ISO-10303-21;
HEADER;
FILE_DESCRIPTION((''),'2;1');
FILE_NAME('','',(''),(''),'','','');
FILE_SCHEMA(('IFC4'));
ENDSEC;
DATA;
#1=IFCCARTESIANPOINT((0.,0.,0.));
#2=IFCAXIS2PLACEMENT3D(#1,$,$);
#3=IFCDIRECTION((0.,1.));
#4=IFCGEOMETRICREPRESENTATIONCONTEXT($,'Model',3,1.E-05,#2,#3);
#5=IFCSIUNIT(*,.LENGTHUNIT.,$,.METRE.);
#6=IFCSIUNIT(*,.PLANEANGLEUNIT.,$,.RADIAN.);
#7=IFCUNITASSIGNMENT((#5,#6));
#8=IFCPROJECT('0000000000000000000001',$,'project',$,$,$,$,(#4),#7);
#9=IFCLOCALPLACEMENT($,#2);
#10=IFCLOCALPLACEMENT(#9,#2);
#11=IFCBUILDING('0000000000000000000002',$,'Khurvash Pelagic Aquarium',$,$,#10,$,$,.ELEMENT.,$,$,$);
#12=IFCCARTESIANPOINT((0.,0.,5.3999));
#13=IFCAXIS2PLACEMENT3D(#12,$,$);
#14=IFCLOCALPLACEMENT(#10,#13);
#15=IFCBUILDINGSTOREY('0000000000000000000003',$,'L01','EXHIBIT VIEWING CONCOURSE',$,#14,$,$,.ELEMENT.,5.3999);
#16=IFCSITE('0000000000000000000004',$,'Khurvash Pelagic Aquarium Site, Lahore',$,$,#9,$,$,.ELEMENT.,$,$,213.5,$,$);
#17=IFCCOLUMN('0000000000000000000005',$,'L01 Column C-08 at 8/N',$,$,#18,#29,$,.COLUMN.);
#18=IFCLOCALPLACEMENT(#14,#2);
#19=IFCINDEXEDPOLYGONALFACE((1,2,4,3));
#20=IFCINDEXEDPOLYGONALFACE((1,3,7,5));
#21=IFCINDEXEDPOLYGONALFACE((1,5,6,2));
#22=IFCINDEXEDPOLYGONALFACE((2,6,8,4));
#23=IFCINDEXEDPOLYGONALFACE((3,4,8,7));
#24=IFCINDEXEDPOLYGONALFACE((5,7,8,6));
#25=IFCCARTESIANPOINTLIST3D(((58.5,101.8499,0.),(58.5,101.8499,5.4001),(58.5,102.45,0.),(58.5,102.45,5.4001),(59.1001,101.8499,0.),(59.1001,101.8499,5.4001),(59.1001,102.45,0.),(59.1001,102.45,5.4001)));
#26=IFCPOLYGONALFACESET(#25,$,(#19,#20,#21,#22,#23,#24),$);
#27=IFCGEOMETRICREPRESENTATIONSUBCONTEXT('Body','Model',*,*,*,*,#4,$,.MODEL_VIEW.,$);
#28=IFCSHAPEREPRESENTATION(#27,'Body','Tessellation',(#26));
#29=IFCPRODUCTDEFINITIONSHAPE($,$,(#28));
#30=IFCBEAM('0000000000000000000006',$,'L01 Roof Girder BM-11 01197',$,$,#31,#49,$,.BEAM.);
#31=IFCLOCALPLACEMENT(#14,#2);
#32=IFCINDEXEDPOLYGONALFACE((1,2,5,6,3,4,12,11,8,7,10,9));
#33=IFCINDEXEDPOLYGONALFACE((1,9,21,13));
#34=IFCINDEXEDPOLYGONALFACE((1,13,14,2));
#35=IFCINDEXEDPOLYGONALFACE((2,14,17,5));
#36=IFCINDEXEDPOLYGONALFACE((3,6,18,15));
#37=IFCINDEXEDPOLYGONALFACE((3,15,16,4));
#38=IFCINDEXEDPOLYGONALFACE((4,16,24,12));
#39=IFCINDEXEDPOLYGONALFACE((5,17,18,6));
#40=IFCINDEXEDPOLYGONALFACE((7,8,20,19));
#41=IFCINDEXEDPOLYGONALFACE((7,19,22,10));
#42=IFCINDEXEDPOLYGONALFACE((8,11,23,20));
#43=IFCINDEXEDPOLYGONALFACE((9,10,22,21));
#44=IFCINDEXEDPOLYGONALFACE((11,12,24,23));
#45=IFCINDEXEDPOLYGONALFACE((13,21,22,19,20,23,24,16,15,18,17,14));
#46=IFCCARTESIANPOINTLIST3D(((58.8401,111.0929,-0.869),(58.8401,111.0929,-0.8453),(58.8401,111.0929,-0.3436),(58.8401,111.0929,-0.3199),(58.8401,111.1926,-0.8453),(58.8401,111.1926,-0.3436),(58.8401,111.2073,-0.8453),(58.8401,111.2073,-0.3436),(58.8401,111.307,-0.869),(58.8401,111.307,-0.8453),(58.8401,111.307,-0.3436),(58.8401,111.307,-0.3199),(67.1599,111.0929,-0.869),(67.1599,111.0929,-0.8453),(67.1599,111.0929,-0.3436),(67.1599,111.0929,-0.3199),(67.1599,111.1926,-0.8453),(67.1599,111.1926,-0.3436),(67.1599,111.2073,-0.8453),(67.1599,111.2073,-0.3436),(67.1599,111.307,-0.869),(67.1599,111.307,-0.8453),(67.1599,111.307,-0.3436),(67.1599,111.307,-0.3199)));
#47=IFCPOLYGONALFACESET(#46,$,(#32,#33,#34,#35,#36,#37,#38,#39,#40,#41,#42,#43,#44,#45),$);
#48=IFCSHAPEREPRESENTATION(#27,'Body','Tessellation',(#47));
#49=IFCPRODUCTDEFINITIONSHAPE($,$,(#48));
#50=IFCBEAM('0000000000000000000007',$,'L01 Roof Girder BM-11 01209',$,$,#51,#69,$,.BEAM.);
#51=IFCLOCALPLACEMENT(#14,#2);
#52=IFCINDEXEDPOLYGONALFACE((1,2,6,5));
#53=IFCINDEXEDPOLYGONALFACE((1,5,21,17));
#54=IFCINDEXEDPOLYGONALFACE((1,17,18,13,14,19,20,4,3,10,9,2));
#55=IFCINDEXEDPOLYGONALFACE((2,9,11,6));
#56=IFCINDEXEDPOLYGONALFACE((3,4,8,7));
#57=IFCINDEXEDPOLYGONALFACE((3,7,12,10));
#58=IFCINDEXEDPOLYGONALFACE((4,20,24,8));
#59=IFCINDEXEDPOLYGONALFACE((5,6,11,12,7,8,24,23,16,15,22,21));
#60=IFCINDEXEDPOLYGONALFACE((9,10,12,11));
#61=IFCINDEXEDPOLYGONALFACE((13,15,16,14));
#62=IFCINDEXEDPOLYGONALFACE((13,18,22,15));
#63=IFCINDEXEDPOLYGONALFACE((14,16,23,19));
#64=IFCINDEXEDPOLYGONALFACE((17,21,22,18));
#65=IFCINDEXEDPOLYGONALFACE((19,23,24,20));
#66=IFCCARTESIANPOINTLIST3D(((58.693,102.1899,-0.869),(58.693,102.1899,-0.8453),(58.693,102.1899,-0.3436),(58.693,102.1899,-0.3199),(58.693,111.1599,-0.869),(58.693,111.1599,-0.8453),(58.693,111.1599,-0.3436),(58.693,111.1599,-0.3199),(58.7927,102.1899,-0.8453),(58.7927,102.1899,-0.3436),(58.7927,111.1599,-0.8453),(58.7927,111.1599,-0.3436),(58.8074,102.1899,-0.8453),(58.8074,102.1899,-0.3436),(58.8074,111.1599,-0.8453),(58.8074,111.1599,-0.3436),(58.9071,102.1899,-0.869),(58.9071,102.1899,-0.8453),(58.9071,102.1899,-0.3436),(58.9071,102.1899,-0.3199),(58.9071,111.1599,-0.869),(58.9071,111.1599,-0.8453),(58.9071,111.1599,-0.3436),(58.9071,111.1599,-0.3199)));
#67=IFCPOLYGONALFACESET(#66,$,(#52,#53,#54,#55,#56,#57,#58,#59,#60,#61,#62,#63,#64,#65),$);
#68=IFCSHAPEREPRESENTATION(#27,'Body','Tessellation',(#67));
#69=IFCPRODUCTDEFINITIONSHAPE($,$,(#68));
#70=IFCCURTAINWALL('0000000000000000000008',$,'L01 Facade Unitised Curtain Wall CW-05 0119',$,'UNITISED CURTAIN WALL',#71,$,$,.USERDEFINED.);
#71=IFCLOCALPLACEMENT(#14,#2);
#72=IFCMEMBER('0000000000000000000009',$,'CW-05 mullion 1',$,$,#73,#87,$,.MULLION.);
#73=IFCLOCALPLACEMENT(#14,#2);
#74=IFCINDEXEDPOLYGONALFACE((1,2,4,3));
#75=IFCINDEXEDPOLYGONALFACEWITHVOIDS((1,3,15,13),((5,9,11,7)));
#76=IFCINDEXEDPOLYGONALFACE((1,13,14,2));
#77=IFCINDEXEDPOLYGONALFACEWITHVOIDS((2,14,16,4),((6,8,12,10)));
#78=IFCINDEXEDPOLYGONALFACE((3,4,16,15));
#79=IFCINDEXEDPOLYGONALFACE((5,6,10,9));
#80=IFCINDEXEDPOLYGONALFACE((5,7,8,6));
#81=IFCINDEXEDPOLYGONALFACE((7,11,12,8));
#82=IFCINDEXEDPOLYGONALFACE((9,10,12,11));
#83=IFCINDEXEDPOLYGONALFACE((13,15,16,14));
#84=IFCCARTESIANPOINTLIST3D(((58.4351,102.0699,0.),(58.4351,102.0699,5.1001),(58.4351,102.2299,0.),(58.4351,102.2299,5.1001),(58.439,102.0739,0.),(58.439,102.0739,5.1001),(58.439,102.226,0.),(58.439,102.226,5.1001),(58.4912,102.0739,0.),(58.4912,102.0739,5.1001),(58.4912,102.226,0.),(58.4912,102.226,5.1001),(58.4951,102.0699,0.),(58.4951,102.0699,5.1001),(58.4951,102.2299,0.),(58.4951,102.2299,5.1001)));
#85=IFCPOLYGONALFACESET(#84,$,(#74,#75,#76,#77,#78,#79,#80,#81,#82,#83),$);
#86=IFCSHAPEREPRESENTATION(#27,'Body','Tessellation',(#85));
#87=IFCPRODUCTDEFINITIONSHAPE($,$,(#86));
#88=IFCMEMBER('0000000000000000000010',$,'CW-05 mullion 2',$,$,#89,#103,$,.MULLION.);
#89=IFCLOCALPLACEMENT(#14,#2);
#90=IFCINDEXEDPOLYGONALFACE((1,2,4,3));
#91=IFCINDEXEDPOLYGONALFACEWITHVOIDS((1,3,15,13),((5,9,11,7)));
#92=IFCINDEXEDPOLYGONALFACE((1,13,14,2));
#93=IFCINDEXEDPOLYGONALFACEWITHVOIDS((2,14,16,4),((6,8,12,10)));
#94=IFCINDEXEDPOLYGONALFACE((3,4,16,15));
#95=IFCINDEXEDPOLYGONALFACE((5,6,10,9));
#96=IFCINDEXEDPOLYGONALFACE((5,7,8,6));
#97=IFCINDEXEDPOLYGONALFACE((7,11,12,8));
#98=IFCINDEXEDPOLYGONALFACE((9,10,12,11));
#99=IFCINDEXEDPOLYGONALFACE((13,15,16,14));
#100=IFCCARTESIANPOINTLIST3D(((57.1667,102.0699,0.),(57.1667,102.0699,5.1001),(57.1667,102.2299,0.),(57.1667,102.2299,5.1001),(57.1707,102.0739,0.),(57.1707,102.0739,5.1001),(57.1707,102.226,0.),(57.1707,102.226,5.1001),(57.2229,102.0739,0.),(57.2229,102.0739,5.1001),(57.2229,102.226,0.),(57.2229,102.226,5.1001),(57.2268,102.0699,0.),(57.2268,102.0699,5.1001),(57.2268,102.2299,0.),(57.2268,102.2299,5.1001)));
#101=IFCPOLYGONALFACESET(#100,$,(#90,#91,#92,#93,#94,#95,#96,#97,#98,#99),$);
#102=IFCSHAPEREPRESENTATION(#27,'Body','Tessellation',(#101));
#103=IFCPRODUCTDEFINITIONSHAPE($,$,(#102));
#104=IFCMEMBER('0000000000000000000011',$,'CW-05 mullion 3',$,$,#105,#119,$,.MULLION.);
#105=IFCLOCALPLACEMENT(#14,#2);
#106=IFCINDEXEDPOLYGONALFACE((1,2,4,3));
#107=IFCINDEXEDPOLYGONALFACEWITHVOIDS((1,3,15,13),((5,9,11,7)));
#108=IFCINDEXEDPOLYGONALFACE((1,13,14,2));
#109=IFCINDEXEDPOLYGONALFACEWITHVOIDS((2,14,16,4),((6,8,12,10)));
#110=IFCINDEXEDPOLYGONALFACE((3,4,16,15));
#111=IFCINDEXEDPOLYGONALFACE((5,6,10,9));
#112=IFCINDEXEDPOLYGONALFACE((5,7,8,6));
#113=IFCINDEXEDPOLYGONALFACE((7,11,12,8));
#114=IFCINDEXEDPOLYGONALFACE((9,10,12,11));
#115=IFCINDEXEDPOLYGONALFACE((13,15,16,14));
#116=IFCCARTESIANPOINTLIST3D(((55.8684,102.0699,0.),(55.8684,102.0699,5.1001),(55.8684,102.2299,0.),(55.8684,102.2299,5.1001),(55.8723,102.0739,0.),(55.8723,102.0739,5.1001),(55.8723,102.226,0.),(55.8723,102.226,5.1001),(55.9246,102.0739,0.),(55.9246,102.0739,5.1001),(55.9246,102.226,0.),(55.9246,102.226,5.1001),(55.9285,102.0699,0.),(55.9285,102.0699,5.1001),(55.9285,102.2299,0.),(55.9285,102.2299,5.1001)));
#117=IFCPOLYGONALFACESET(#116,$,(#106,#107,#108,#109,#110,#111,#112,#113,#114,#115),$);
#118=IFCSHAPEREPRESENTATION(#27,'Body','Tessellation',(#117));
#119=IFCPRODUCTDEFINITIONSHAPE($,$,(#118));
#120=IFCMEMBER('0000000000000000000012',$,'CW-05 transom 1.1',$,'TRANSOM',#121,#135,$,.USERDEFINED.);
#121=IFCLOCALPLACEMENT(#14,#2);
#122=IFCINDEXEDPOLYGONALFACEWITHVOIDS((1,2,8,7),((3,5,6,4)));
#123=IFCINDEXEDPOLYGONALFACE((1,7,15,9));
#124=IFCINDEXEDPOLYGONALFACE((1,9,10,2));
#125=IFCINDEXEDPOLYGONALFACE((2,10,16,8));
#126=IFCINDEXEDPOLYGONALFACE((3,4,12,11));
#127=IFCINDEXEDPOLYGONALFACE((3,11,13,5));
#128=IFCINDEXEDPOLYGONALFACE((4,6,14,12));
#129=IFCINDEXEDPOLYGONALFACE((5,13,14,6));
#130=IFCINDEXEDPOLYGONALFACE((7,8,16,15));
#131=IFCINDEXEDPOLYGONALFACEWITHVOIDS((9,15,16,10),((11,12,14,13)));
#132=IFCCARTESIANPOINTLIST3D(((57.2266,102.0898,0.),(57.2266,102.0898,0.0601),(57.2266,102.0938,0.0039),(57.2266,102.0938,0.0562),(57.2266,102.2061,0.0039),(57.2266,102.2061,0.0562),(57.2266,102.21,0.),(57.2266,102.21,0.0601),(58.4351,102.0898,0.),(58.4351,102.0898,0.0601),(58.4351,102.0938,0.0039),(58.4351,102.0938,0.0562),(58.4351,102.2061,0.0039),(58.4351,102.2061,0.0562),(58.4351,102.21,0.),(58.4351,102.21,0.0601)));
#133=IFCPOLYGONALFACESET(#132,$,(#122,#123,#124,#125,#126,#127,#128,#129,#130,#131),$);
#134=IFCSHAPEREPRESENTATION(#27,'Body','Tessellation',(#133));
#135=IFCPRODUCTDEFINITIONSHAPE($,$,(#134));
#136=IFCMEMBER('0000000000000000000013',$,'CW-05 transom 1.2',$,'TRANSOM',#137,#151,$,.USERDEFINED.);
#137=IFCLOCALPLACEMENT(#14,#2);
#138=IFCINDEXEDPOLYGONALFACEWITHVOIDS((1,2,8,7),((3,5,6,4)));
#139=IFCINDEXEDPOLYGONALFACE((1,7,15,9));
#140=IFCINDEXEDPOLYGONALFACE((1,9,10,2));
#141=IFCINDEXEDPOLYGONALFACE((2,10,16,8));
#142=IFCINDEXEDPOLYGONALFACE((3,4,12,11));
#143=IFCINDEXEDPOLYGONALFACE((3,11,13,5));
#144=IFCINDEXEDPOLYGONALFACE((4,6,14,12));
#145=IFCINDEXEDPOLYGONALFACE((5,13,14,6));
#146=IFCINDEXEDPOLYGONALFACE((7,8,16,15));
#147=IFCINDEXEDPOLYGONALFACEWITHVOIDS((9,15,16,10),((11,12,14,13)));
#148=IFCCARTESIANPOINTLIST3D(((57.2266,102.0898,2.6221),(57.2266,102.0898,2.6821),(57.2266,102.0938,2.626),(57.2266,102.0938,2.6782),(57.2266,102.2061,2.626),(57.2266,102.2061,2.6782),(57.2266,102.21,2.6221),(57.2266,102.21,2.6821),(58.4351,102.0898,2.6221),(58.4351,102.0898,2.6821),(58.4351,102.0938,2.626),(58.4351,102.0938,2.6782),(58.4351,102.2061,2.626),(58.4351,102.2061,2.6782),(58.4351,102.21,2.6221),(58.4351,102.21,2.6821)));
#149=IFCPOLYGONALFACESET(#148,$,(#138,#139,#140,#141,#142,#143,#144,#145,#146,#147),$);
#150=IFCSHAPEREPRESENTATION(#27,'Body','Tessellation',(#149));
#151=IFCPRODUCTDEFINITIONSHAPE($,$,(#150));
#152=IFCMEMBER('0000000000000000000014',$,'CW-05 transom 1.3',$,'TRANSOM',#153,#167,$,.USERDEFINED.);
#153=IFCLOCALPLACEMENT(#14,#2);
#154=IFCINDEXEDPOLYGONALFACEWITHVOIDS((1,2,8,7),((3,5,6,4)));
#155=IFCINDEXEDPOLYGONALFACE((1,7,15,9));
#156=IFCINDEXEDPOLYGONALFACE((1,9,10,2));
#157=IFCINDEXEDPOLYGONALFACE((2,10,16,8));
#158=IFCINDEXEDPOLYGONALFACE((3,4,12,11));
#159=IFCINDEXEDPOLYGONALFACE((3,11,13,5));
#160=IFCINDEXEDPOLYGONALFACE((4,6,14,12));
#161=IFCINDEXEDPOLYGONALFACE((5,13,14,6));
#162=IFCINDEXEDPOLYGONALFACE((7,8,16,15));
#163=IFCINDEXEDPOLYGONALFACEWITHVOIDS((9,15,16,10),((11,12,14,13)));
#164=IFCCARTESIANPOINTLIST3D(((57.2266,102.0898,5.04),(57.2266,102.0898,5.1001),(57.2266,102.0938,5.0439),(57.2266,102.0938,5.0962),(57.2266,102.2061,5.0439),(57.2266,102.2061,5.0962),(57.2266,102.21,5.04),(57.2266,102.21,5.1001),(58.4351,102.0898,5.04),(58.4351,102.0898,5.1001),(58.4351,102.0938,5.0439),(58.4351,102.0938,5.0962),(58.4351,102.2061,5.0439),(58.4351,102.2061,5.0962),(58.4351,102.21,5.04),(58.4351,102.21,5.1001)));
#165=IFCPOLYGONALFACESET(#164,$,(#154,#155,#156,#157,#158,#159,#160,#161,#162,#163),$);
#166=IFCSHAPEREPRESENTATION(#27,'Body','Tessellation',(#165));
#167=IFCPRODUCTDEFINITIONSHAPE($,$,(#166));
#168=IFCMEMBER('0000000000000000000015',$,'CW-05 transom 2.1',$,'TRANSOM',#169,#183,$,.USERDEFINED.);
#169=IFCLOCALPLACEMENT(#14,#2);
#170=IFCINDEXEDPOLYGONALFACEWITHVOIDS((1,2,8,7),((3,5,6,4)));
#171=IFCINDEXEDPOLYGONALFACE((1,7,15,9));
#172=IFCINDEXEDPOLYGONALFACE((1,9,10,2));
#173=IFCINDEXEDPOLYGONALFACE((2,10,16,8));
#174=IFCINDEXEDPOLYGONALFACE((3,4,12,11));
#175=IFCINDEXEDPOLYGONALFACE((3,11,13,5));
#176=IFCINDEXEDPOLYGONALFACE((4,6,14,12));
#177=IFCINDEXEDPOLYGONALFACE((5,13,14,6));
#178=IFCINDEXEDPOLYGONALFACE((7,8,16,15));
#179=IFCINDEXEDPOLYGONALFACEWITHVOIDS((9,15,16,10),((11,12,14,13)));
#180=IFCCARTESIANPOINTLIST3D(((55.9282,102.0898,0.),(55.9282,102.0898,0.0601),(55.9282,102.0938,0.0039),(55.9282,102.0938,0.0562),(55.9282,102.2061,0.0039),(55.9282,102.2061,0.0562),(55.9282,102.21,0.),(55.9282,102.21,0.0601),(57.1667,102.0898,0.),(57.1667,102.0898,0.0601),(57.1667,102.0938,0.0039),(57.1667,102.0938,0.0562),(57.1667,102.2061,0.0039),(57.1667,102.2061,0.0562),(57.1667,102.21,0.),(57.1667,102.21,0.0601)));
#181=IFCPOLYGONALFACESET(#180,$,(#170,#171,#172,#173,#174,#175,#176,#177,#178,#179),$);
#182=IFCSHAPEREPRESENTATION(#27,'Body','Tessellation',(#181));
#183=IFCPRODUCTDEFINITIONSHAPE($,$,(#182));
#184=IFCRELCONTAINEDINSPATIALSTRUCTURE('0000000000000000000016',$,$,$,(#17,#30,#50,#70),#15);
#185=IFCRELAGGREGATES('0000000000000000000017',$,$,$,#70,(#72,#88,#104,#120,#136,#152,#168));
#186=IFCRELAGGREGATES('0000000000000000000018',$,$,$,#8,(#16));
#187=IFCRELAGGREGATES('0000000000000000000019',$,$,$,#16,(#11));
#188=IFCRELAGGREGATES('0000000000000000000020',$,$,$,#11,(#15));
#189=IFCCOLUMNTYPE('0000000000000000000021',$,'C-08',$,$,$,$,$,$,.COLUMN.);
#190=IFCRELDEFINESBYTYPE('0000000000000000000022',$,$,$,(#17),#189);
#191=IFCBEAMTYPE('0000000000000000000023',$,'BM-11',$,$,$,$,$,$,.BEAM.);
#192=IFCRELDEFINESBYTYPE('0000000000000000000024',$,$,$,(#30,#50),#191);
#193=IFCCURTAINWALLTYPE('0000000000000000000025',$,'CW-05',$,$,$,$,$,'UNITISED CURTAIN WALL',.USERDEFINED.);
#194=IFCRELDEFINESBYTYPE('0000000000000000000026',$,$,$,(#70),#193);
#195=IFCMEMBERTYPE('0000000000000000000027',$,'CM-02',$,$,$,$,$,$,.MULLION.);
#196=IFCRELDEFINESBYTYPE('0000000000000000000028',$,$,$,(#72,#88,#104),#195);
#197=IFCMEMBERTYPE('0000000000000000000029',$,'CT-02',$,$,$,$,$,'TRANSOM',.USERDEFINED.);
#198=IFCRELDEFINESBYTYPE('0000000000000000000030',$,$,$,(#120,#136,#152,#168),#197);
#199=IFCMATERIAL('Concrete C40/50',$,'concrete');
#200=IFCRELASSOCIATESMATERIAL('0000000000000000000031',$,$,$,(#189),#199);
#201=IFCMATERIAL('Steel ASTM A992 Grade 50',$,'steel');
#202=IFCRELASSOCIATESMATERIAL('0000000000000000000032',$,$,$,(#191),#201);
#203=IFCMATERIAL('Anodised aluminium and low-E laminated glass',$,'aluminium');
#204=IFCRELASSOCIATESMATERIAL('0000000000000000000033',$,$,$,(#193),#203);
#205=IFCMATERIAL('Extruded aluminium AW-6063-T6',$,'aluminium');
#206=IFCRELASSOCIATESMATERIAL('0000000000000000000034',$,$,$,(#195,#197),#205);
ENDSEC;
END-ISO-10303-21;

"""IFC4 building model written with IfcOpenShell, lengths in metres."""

from ifc_helpers import new_model, si_unit, direction, frame, origin, origin_2d, place, context, subcontext, project, spatial, rectangle, hollow_rectangle, i_section, extrude, material, material_profile, profile_set, type_object, element, aggregate, save


model = new_model("IFC4")

# Units and contexts
model_context = context("Model", 3, precision=1e-05, world=origin(), true_north=direction((0.0, 1.0)))
body_context = subcontext(model_context, "Body", "Model", "MODEL_VIEW")
ifc_project = project(units=[si_unit("LENGTHUNIT", "METRE"), si_unit("PLANEANGLEUNIT", "RADIAN")], contexts=[model_context])

# Site, building, storey
site_placement = place(None, origin())
site = spatial("IfcSite", under=ifc_project, at=site_placement, Name="Khurvash Pelagic Aquarium Site, Lahore", CompositionType="ELEMENT", RefElevation=213.5)
building_placement = place(site_placement, origin())
building = spatial("IfcBuilding", under=site, at=building_placement, Name="Khurvash Pelagic Aquarium", CompositionType="ELEMENT")
storey_placement = place(building_placement, frame((0.0, 0.0, 5.3999)))
storey = spatial("IfcBuildingStorey", under=building, at=storey_placement, Name="L01", Description="EXHIBIT VIEWING CONCOURSE", CompositionType="ELEMENT", Elevation=5.3999)

# Column
ifc_material_1 = material(Name="Concrete C40/50", Category="concrete")
ifc_material_profile_1 = material_profile(ifc_material_1, rectangle(XDim=0.6001, YDim=0.6001, at=origin_2d()), Name="RC600X600")
ifc_profile_set_1 = profile_set([ifc_material_profile_1], Name="Concrete C40/50")
column_type = type_object("IfcColumnType", Name="C-08", PredefinedType="COLUMN", material=ifc_profile_set_1)
column_placement = place(storey_placement, frame((58.8, 102.1499, 0.0), z_axis=(0.0, 0.0, 1.0), x_axis=(1.0, 0.0, 0.0)))
element("IfcColumn", 1, at=column_placement, inside=storey, type_object=column_type, Name="L01 Column C-08 at 8/N", PredefinedType="COLUMN", context=body_context, shape_type="SweptSolid", body=[
    extrude(rectangle(XDim=0.6001, YDim=0.6001, at=origin_2d()), origin(), (0.0, 0.0, 1.0), 5.4001),
])

# Beams
ifc_material_2 = material(Name="Steel ASTM A992 Grade 50", Category="steel")
ifc_material_profile_2 = material_profile(ifc_material_2, i_section(OverallWidth=0.2141, OverallDepth=0.5491, WebThickness=0.0146, FlangeThickness=0.0237, at=origin_2d()), Name="W21X93")
ifc_profile_set_2 = profile_set([ifc_material_profile_2], Name="Steel ASTM A992 Grade 50")
beam_type_1 = type_object("IfcBeamType", Name="BM-11", PredefinedType="BEAM", material=ifc_profile_set_2)
beam_1_placement = place(storey_placement, frame((58.8401, 111.2, -0.5945), z_axis=(1.0, 0.0, 0.0), x_axis=(0.0, 1.0, 0.0)))
element("IfcBeam", 2, at=beam_1_placement, inside=storey, type_object=beam_type_1, Name="L01 Roof Girder BM-11 01197", PredefinedType="BEAM", context=body_context, shape_type="SweptSolid", body=[
    extrude(i_section(OverallWidth=0.2141, OverallDepth=0.5491, WebThickness=0.0146, FlangeThickness=0.0237, at=origin_2d()), origin(), (0.0, 0.0, 1.0), 8.3198),
])
beam_2_placement = place(storey_placement, frame((58.8, 102.1899, -0.5945), z_axis=(0.0, 1.0, 0.0), x_axis=(-1.0, 0.0, 0.0)))
element("IfcBeam", 3, at=beam_2_placement, inside=storey, type_object=beam_type_1, Name="L01 Roof Girder BM-11 01209", PredefinedType="BEAM", context=body_context, shape_type="SweptSolid", body=[
    extrude(i_section(OverallWidth=0.2141, OverallDepth=0.5491, WebThickness=0.0146, FlangeThickness=0.0237, at=origin_2d()), origin(), (0.0, 0.0, 1.0), 8.97),
])

# Curtain wall, members
ifc_material_3 = material(Name="Anodised aluminium and low-E laminated glass", Category="aluminium")
curtain_wall_type = type_object("IfcCurtainWallType", Name="CW-05", ElementType="UNITISED CURTAIN WALL", PredefinedType="USERDEFINED", material=ifc_material_3)
curtain_wall_placement = place(storey_placement, origin())
curtain_wall = element("IfcCurtainWall", 4, at=curtain_wall_placement, inside=storey, type_object=curtain_wall_type, Name="L01 Facade Unitised Curtain Wall CW-05 0119", ObjectType="UNITISED CURTAIN WALL", PredefinedType="USERDEFINED")
ifc_material_4 = material(Name="Extruded aluminium AW-6063-T6", Category="aluminium")
ifc_material_profile_3 = material_profile(ifc_material_4, hollow_rectangle(XDim=0.0601, YDim=0.1599, WallThickness=0.0039, at=origin_2d()), Name="CWM60X160X4")
ifc_profile_set_3 = profile_set([ifc_material_profile_3], Name="Extruded aluminium AW-6063-T6")
member_type_1 = type_object("IfcMemberType", Name="CM-02", PredefinedType="MULLION", material=ifc_profile_set_3)
member_1_placement = place(storey_placement, frame((58.4651, 102.1499, 0.0), z_axis=(0.0, 0.0, 1.0), x_axis=(-1.0, 0.0, 0.0)))
member_1 = element("IfcMember", 5, at=member_1_placement, type_object=member_type_1, Name="CW-05 mullion 1", PredefinedType="MULLION", context=body_context, shape_type="SweptSolid", body=[
    extrude(hollow_rectangle(XDim=0.0601, YDim=0.1599, WallThickness=0.0039, at=origin_2d()), origin(), (0.0, 0.0, 1.0), 5.1001),
])
member_2_placement = place(storey_placement, frame((57.1968, 102.1499, 0.0), z_axis=(0.0, 0.0, 1.0), x_axis=(-1.0, 0.0, 0.0)))
member_2 = element("IfcMember", 6, at=member_2_placement, type_object=member_type_1, Name="CW-05 mullion 2", PredefinedType="MULLION", context=body_context, shape_type="SweptSolid", body=[
    extrude(hollow_rectangle(XDim=0.0601, YDim=0.1599, WallThickness=0.0039, at=origin_2d()), origin(), (0.0, 0.0, 1.0), 5.1001),
])
member_3_placement = place(storey_placement, frame((55.8984, 102.1499, 0.0), z_axis=(0.0, 0.0, 1.0), x_axis=(-1.0, 0.0, 0.0)))
member_3 = element("IfcMember", 7, at=member_3_placement, type_object=member_type_1, Name="CW-05 mullion 3", PredefinedType="MULLION", context=body_context, shape_type="SweptSolid", body=[
    extrude(hollow_rectangle(XDim=0.0601, YDim=0.1599, WallThickness=0.0039, at=origin_2d()), origin(), (0.0, 0.0, 1.0), 5.1001),
])
ifc_material_profile_4 = material_profile(ifc_material_4, hollow_rectangle(XDim=0.1201, YDim=0.0601, WallThickness=0.0039, at=origin_2d()), Name="CWT120X60X4")
ifc_profile_set_4 = profile_set([ifc_material_profile_4], Name="Extruded aluminium AW-6063-T6")
member_type_2 = type_object("IfcMemberType", Name="CT-02", ElementType="TRANSOM", PredefinedType="USERDEFINED", material=ifc_profile_set_4)
member_4_placement = place(storey_placement, frame((58.4351, 102.1499, 0.03), z_axis=(-1.0, 0.0, 0.0), x_axis=(0.0, -1.0, 0.0)))
member_4 = element("IfcMember", 8, at=member_4_placement, type_object=member_type_2, Name="CW-05 transom 1.1", ObjectType="TRANSOM", PredefinedType="USERDEFINED", context=body_context, shape_type="SweptSolid", body=[
    extrude(hollow_rectangle(XDim=0.1201, YDim=0.0601, WallThickness=0.0039, at=origin_2d()), origin(), (0.0, 0.0, 1.0), 1.2085),
])
member_5_placement = place(storey_placement, frame((58.4351, 102.1499, 2.6521), z_axis=(-1.0, 0.0, 0.0), x_axis=(0.0, -1.0, 0.0)))
member_5 = element("IfcMember", 9, at=member_5_placement, type_object=member_type_2, Name="CW-05 transom 1.2", ObjectType="TRANSOM", PredefinedType="USERDEFINED", context=body_context, shape_type="SweptSolid", body=[
    extrude(hollow_rectangle(XDim=0.1201, YDim=0.0601, WallThickness=0.0039, at=origin_2d()), origin(), (0.0, 0.0, 1.0), 1.2085),
])
member_6_placement = place(storey_placement, frame((58.4351, 102.1499, 5.0701), z_axis=(-1.0, 0.0, 0.0), x_axis=(0.0, -1.0, 0.0)))
member_6 = element("IfcMember", 10, at=member_6_placement, type_object=member_type_2, Name="CW-05 transom 1.3", ObjectType="TRANSOM", PredefinedType="USERDEFINED", context=body_context, shape_type="SweptSolid", body=[
    extrude(hollow_rectangle(XDim=0.1201, YDim=0.0601, WallThickness=0.0039, at=origin_2d()), origin(), (0.0, 0.0, 1.0), 1.2085),
])
member_7_placement = place(storey_placement, frame((57.1667, 102.1499, 0.03), z_axis=(-1.0, 0.0, 0.0), x_axis=(0.0, -1.0, 0.0)))
member_7 = element("IfcMember", 11, at=member_7_placement, type_object=member_type_2, Name="CW-05 transom 2.1", ObjectType="TRANSOM", PredefinedType="USERDEFINED", context=body_context, shape_type="SweptSolid", body=[
    extrude(hollow_rectangle(XDim=0.1201, YDim=0.0601, WallThickness=0.0039, at=origin_2d()), origin(), (0.0, 0.0, 1.0), 1.2385),
])

aggregate(curtain_wall, [member_1, member_2, member_3, member_4, member_5, member_6, member_7])

save(model, "model.ifc")
